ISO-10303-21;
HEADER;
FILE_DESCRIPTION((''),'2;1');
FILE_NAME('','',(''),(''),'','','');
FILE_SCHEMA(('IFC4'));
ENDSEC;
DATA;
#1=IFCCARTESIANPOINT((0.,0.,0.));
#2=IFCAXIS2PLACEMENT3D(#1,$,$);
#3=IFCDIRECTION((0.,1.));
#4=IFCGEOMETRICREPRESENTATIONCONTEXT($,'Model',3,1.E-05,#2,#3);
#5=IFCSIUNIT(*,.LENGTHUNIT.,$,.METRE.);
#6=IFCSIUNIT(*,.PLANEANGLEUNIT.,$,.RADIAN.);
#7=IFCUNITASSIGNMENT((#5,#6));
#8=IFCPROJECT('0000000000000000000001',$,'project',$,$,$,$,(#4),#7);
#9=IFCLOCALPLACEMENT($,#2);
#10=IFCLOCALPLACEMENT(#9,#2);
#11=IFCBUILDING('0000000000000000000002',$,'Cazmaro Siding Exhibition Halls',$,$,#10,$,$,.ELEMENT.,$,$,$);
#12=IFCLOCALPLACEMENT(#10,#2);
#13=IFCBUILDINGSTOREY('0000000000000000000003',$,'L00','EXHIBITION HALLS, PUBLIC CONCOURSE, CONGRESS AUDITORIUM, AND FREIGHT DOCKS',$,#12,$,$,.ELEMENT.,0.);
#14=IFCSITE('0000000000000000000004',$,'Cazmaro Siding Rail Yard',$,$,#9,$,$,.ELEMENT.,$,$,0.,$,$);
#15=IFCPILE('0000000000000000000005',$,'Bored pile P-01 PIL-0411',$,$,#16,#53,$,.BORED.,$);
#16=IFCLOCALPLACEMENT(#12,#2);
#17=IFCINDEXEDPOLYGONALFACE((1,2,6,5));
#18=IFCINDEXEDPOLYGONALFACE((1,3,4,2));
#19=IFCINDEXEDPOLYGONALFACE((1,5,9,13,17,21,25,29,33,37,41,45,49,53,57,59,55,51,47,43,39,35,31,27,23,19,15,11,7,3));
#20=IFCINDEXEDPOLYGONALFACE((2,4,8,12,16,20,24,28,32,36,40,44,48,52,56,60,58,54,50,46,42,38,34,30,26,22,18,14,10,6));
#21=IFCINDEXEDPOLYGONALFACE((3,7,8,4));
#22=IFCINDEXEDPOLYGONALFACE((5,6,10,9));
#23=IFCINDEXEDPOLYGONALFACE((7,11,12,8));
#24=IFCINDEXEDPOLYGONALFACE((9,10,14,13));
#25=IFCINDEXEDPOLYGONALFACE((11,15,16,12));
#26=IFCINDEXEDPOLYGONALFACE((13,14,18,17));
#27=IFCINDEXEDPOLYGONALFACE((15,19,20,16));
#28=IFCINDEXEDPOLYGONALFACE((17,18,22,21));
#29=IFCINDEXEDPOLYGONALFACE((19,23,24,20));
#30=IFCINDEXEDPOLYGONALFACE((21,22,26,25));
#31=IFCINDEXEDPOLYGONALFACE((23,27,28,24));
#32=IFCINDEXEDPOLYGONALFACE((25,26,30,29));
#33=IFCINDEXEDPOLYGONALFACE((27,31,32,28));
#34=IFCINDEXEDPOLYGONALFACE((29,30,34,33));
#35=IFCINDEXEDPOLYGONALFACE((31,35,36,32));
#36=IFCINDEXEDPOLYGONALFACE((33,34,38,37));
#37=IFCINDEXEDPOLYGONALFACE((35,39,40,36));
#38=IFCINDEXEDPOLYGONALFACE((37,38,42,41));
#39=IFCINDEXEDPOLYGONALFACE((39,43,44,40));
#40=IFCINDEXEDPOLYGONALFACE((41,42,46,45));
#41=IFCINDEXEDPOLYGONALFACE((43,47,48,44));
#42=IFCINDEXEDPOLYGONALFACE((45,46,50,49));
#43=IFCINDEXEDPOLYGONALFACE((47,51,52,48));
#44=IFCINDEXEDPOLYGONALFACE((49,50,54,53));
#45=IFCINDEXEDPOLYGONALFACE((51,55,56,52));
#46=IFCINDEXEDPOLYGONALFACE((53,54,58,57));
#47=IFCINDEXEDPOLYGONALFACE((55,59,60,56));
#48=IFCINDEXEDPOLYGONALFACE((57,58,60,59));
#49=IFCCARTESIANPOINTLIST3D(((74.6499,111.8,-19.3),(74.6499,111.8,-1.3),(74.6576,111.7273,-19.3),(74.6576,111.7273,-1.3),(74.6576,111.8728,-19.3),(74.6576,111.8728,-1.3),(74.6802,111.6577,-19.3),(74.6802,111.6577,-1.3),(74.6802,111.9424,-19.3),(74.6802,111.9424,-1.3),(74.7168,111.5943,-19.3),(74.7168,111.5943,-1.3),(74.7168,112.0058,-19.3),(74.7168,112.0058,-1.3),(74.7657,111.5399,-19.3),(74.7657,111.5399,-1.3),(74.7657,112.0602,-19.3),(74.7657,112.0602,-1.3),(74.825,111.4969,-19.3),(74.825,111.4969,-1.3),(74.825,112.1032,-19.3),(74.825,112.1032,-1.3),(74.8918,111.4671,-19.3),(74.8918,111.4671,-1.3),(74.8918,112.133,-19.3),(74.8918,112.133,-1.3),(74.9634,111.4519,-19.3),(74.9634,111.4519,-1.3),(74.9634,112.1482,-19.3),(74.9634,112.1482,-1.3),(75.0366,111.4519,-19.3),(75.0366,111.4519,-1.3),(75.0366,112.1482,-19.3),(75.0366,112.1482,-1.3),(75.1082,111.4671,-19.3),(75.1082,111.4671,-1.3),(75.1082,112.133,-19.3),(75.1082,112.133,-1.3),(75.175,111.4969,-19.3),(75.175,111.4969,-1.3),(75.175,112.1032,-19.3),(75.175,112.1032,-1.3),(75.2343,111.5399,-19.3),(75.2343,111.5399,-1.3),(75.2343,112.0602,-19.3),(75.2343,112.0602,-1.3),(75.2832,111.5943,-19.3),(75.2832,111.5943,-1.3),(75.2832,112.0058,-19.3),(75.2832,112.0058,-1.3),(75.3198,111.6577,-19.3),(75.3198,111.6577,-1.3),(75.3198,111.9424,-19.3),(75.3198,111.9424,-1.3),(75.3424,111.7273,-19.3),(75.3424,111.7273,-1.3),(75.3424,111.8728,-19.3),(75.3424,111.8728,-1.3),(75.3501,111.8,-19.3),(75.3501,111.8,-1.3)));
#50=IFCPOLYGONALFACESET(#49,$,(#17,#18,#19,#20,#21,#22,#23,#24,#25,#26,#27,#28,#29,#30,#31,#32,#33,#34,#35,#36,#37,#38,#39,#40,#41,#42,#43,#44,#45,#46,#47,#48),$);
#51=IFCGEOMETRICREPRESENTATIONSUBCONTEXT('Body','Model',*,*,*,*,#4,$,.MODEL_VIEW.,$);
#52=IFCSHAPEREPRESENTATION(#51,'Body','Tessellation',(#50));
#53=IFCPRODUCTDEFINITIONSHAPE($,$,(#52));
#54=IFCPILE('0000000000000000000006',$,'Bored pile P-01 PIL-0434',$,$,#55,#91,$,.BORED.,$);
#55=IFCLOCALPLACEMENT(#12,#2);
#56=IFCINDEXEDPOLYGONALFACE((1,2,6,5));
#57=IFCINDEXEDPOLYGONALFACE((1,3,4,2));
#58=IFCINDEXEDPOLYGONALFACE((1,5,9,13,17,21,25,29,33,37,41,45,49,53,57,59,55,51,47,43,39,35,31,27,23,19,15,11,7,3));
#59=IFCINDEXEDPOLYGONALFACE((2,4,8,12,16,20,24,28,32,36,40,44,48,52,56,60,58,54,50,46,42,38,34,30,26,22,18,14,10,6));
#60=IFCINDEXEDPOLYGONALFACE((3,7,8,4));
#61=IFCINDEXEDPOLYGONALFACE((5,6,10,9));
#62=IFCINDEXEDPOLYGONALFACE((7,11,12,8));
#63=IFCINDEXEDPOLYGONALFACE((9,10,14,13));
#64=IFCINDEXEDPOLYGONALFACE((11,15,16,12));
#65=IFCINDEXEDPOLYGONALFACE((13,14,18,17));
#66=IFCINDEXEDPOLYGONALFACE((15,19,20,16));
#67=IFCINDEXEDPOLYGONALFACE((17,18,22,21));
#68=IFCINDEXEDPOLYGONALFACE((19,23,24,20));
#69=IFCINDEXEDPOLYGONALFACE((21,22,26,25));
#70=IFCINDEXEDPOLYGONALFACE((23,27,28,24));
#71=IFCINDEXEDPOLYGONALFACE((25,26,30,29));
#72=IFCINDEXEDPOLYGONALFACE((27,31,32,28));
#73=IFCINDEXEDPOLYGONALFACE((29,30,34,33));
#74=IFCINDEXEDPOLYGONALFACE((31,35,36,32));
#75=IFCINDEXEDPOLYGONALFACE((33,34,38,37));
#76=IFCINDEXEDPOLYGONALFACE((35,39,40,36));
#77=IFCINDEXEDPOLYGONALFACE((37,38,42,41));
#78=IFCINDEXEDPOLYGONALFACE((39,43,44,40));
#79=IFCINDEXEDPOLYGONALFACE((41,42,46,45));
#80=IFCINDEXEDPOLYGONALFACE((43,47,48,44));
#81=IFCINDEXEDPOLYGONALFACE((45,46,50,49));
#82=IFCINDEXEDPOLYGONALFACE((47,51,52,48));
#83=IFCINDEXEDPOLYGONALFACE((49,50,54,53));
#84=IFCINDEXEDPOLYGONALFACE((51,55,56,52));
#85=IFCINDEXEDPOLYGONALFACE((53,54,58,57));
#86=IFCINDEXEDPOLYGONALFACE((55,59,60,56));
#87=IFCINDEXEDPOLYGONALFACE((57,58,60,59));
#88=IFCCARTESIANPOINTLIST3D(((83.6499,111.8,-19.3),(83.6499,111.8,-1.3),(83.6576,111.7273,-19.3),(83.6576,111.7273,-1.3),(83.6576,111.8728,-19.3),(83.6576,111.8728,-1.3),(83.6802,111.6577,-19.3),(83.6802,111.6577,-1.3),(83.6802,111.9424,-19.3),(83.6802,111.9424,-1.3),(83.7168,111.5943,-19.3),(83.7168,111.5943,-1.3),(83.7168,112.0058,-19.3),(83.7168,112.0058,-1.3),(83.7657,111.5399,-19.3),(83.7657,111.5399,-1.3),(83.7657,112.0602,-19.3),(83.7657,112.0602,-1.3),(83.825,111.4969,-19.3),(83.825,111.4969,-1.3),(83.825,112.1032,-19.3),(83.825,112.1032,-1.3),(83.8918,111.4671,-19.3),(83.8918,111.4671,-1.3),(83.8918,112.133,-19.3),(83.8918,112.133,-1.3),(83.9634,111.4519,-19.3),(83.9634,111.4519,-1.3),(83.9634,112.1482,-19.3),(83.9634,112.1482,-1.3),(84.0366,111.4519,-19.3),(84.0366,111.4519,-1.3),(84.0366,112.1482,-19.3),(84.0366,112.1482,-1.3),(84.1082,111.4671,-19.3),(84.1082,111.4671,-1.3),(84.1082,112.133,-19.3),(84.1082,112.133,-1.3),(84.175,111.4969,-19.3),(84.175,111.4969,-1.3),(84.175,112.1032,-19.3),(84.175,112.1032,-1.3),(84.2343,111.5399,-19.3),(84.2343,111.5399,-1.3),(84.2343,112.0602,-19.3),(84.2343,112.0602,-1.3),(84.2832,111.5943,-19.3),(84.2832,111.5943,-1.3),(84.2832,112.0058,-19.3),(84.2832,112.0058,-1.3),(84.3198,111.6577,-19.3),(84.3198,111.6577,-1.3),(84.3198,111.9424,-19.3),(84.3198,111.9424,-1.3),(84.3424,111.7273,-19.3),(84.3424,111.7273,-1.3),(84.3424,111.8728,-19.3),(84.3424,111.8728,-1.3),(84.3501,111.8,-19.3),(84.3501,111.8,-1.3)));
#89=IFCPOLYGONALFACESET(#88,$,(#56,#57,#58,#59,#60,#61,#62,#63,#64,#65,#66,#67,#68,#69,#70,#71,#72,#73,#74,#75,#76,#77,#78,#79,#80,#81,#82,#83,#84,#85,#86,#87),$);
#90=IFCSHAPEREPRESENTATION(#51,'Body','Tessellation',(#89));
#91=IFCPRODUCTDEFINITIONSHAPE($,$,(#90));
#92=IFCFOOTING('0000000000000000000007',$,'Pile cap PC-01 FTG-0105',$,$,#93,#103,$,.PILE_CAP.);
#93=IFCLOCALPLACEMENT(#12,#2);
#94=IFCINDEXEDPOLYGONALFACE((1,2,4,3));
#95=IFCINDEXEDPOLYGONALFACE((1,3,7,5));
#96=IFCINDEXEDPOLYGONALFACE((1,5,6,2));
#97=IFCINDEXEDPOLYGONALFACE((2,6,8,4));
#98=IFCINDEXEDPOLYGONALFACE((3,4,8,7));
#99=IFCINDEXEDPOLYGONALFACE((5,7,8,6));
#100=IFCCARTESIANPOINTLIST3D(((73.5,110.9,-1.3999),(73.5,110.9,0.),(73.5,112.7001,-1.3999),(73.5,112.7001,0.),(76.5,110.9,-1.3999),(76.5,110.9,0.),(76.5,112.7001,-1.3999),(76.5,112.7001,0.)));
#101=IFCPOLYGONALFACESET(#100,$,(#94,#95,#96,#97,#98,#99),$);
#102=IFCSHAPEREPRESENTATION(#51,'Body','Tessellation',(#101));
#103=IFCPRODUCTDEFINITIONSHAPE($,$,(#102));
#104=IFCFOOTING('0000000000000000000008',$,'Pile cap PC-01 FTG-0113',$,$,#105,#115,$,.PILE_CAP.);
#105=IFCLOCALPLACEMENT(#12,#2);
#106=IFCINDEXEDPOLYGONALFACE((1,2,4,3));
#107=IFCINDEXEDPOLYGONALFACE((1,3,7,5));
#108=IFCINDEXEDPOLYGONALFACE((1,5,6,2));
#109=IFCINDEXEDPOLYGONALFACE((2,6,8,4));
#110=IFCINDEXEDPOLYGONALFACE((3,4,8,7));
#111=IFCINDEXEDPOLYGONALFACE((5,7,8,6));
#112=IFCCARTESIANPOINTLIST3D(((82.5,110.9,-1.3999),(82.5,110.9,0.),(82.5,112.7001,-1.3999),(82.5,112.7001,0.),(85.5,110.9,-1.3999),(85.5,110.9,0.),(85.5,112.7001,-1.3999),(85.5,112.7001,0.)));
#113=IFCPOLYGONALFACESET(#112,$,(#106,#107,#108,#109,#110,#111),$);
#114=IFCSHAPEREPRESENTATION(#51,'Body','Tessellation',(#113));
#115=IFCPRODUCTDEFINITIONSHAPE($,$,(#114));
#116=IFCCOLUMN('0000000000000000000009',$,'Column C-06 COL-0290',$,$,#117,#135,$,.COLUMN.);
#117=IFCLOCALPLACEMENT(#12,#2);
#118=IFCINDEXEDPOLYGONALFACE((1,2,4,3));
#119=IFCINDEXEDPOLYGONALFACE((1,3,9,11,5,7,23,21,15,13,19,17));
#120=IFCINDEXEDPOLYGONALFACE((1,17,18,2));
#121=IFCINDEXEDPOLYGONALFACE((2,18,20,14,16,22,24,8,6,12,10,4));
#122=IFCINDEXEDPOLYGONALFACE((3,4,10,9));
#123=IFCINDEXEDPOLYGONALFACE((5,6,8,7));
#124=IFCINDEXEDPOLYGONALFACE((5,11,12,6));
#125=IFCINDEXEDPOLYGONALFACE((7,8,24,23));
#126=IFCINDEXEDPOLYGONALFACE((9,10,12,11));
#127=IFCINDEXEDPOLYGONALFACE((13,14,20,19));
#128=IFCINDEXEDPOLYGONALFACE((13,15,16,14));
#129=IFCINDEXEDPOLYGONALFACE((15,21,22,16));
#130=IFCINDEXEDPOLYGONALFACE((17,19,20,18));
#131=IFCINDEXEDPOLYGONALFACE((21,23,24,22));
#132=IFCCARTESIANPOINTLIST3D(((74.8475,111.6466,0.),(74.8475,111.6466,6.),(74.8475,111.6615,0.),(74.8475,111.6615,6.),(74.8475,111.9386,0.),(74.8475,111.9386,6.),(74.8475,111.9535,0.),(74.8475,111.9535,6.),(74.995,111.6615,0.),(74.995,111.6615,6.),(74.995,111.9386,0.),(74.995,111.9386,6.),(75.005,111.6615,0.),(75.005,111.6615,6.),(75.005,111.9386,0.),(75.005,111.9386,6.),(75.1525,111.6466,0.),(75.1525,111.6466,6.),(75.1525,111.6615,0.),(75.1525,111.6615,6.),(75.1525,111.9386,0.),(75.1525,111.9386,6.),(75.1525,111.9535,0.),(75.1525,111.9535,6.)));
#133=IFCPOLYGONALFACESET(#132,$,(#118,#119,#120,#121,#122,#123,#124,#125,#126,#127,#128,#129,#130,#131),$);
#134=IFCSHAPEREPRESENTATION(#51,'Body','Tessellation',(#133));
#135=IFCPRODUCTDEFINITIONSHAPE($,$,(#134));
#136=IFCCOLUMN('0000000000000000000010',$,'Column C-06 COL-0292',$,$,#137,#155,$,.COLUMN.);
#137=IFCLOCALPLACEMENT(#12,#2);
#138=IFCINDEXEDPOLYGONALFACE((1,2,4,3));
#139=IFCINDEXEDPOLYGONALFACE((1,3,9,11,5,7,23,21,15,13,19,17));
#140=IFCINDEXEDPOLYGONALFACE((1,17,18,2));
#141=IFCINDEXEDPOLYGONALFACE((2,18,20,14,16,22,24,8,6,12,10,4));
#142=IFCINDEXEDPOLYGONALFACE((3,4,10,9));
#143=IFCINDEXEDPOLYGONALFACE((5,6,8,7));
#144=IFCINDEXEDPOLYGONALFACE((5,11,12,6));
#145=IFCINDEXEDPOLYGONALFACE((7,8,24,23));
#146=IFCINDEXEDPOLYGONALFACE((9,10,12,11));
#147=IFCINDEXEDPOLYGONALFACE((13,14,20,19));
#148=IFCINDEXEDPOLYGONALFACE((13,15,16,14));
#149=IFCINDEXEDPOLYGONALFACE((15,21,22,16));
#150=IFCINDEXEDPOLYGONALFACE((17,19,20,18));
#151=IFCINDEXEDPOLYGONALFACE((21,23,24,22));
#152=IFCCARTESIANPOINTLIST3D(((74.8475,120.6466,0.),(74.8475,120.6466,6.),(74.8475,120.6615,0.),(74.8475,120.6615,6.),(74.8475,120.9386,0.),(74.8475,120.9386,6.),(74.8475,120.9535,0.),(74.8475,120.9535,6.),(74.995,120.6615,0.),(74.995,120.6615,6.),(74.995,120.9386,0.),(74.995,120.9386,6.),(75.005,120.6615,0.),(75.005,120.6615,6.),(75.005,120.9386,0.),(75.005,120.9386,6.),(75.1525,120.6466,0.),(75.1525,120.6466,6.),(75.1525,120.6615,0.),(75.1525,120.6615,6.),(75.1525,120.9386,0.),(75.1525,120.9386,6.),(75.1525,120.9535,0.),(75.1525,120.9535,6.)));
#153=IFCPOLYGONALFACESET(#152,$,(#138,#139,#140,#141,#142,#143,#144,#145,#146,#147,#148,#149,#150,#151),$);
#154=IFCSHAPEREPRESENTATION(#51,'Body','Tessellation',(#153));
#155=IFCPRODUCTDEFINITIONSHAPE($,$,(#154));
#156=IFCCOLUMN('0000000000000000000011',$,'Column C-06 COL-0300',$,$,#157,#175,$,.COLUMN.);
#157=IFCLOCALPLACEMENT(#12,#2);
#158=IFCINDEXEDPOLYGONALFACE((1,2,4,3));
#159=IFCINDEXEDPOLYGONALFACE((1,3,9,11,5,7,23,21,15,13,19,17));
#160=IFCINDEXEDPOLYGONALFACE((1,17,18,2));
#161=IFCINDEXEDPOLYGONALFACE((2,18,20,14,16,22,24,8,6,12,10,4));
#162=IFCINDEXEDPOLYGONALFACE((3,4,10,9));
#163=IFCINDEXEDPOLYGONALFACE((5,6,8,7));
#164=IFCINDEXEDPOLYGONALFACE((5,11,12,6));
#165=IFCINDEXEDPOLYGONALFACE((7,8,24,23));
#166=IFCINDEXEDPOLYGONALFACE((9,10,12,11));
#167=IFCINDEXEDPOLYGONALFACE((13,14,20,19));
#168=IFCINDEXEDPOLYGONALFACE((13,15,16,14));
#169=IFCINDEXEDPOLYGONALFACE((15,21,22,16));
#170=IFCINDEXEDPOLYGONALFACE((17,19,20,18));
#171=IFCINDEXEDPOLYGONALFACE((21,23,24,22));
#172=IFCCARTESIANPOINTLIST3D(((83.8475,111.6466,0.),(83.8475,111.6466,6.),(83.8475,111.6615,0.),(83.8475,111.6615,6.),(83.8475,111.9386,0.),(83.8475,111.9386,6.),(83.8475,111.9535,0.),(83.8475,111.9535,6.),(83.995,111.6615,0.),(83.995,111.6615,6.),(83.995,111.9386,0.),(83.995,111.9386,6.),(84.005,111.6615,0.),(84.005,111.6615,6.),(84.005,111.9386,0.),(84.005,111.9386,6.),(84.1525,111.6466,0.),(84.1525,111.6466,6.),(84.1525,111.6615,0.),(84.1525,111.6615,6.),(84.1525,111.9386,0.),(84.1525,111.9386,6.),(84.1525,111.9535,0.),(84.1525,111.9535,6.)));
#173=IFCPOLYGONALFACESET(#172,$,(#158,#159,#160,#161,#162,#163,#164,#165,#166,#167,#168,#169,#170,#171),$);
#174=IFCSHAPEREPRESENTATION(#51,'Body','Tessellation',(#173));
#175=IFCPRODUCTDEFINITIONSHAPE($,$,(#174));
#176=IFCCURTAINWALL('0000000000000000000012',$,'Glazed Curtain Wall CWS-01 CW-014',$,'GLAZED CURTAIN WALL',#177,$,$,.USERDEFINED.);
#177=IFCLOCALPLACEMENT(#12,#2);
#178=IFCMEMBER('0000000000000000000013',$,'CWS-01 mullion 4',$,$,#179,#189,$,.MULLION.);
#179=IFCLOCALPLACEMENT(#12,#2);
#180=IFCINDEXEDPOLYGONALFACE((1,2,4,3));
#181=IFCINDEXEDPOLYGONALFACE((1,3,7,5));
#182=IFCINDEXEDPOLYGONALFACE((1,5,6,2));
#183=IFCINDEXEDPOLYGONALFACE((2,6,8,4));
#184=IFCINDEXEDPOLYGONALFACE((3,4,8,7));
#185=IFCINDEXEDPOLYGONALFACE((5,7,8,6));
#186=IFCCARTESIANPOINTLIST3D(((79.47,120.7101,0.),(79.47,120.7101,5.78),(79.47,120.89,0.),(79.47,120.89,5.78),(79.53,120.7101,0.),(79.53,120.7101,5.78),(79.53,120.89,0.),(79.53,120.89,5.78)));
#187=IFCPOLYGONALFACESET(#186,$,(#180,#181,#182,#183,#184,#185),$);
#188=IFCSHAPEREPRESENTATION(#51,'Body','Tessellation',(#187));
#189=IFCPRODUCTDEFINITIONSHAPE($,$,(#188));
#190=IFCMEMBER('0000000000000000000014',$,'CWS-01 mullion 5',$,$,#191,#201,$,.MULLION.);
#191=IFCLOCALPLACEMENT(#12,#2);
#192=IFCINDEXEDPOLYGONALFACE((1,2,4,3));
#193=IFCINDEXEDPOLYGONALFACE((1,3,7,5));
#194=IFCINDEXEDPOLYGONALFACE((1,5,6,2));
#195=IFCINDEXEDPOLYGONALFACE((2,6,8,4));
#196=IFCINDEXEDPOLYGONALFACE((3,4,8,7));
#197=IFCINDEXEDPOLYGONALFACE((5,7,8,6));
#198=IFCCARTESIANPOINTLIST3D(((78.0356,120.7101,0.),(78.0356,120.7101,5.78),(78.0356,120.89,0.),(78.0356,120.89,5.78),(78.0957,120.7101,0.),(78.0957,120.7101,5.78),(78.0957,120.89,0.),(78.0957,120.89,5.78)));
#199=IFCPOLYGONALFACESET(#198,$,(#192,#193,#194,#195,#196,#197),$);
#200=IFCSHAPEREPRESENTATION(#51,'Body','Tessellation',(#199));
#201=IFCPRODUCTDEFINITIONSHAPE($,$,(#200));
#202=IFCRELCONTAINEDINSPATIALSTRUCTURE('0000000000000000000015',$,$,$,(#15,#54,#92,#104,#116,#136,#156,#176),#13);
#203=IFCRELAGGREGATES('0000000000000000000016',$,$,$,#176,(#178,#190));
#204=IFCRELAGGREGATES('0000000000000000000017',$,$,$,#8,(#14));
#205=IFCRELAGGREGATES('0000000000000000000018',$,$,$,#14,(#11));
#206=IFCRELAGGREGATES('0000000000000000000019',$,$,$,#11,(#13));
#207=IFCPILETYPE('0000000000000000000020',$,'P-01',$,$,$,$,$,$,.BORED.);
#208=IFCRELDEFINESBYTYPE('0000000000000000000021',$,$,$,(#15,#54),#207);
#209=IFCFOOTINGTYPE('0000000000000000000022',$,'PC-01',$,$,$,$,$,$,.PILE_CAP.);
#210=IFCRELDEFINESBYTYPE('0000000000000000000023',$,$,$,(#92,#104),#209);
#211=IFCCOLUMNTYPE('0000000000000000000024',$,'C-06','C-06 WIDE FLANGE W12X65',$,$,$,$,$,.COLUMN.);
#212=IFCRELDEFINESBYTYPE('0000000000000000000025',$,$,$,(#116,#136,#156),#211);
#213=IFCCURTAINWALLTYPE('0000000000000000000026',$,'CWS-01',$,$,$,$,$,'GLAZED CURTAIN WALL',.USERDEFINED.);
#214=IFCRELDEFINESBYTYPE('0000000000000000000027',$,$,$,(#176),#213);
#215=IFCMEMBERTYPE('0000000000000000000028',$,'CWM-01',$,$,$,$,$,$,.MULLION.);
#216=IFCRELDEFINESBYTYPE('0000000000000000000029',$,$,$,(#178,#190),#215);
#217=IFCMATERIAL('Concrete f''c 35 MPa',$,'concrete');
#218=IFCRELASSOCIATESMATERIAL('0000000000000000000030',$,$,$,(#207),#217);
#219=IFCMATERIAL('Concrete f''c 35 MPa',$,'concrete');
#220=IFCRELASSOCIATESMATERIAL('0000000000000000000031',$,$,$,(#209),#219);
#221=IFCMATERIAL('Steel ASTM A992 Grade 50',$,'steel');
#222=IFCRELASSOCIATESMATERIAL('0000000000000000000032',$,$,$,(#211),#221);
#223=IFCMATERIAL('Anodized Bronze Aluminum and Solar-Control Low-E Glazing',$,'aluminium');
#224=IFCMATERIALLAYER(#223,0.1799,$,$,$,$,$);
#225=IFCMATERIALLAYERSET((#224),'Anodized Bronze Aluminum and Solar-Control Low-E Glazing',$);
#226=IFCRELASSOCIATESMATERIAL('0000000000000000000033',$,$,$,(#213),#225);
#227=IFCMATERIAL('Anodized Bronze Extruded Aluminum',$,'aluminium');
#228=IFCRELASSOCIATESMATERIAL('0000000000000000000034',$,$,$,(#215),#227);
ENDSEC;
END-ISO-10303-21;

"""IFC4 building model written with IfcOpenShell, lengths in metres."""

from ifc_helpers import new_model, si_unit, direction, frame, origin, origin_2d, place, context, subcontext, project, spatial, rectangle, circle, i_section, extrude, material, layer, layer_set, material_profile, profile_set, type_object, element, aggregate, save


model = new_model("IFC4")

# Units and contexts
model_context = context("Model", 3, precision=1e-05, world=origin(), true_north=direction((0.0, 1.0)))
body_context = subcontext(model_context, "Body", "Model", "MODEL_VIEW")
ifc_project = project(units=[si_unit("LENGTHUNIT", "METRE"), si_unit("PLANEANGLEUNIT", "RADIAN")], contexts=[model_context])

# Site, building, storey
site_placement = place(None, origin())
site = spatial("IfcSite", under=ifc_project, at=site_placement, Name="Cazmaro Siding Rail Yard", CompositionType="ELEMENT", RefElevation=0.0)
building_placement = place(site_placement, origin())
building = spatial("IfcBuilding", under=site, at=building_placement, Name="Cazmaro Siding Exhibition Halls", CompositionType="ELEMENT")
storey_placement = place(building_placement, origin())
storey = spatial("IfcBuildingStorey", under=building, at=storey_placement, Name="L00", Description="EXHIBITION HALLS, PUBLIC CONCOURSE, CONGRESS AUDITORIUM, AND FREIGHT DOCKS", CompositionType="ELEMENT", Elevation=0.0)

# Piles
ifc_material_1 = material(Name="Concrete f'c 35 MPa", Category="concrete")
ifc_material_profile_1 = material_profile(ifc_material_1, circle(Radius=0.3501, at=origin_2d()), Name="CIDH-700")
ifc_profile_set_1 = profile_set([ifc_material_profile_1], Name="Concrete f'c 35 MPa")
pile_type = type_object("IfcPileType", Name="P-01", PredefinedType="BORED", material=ifc_profile_set_1)
for number, where, z_axis, x_axis, name in (
    (1, (75.0, 111.8, -1.3), (0.0, 0.0, -1.0), (1.0, 0.0, 0.0), "Bored pile P-01 PIL-0411"),
    (2, (84.0, 111.8, -1.3), (0.0, 0.0, -1.0), (1.0, 0.0, 0.0), "Bored pile P-01 PIL-0434"),
):
    element("IfcPile", number, at=place(storey_placement, frame(where, z_axis=z_axis, x_axis=x_axis)), inside=storey, type_object=pile_type, Name=name, PredefinedType="BORED", context=body_context, shape_type="SweptSolid", body=[
        extrude(circle(Radius=0.3501, at=origin_2d()), origin(), (0.0, 0.0, 1.0), 18.0),
    ])

# Footings
ifc_material_2 = material(Name="Concrete f'c 35 MPa", Category="concrete")
footing_type = type_object("IfcFootingType", Name="PC-01", PredefinedType="PILE_CAP", material=ifc_material_2)
for number, where, z_axis, x_axis, name in (
    (3, (75.0, 111.8, -1.3999), (0.0, 0.0, 1.0), (1.0, 0.0, 0.0), "Pile cap PC-01 FTG-0105"),
    (4, (84.0, 111.8, -1.3999), (0.0, 0.0, 1.0), (1.0, 0.0, 0.0), "Pile cap PC-01 FTG-0113"),
):
    element("IfcFooting", number, at=place(storey_placement, frame(where, z_axis=z_axis, x_axis=x_axis)), inside=storey, type_object=footing_type, Name=name, PredefinedType="PILE_CAP", context=body_context, shape_type="SweptSolid", body=[
        extrude(rectangle(XDim=3.0, YDim=1.8, at=origin_2d()), origin(), (0.0, 0.0, 1.0), 1.3999),
    ])

# Columns
ifc_material_3 = material(Name="Steel ASTM A992 Grade 50", Category="steel")
ifc_material_profile_2 = material_profile(ifc_material_3, i_section(OverallWidth=0.3049, OverallDepth=0.3069, WebThickness=0.01, FlangeThickness=0.0149, at=origin_2d()), Name="W12X65")
ifc_profile_set_2 = profile_set([ifc_material_profile_2], Name="Steel ASTM A992 Grade 50")
column_type = type_object("IfcColumnType", Name="C-06", Description="C-06 WIDE FLANGE W12X65", PredefinedType="COLUMN", material=ifc_profile_set_2)
for number, where, z_axis, x_axis, name in (
    (5, (75.0, 111.8, 0.0), (0.0, 0.0, 1.0), (1.0, 0.0, 0.0), "Column C-06 COL-0290"),
    (6, (75.0, 120.8, 0.0), (0.0, 0.0, 1.0), (1.0, 0.0, 0.0), "Column C-06 COL-0292"),
    (7, (84.0, 111.8, 0.0), (0.0, 0.0, 1.0), (1.0, 0.0, 0.0), "Column C-06 COL-0300"),
):
    element("IfcColumn", number, at=place(storey_placement, frame(where, z_axis=z_axis, x_axis=x_axis)), inside=storey, type_object=column_type, Name=name, PredefinedType="COLUMN", context=body_context, shape_type="SweptSolid", body=[
        extrude(i_section(OverallWidth=0.3049, OverallDepth=0.3069, WebThickness=0.01, FlangeThickness=0.0149, at=origin_2d()), origin(), (0.0, 0.0, 1.0), 6.0),
    ])

# Curtain wall, members
ifc_material_4 = material(Name="Anodized Bronze Aluminum and Solar-Control Low-E Glazing", Category="aluminium")
ifc_layer_1 = layer(ifc_material_4, 0.1799)
ifc_layer_set_1 = layer_set([ifc_layer_1], Name="Anodized Bronze Aluminum and Solar-Control Low-E Glazing")
curtain_wall_type = type_object("IfcCurtainWallType", Name="CWS-01", ElementType="GLAZED CURTAIN WALL", PredefinedType="USERDEFINED", material=ifc_layer_set_1)
curtain_wall_placement = place(storey_placement, origin())
curtain_wall = element("IfcCurtainWall", 8, at=curtain_wall_placement, inside=storey, type_object=curtain_wall_type, Name="Glazed Curtain Wall CWS-01 CW-014", ObjectType="GLAZED CURTAIN WALL", PredefinedType="USERDEFINED")
ifc_material_5 = material(Name="Anodized Bronze Extruded Aluminum", Category="aluminium")
ifc_material_profile_3 = material_profile(ifc_material_5, rectangle(XDim=0.1799, YDim=0.0601, at=origin_2d()), Name="CWM-01")
ifc_profile_set_3 = profile_set([ifc_material_profile_3], Name="Anodized Bronze Extruded Aluminum")
member_type_1 = type_object("IfcMemberType", Name="CWM-01", PredefinedType="MULLION", material=ifc_profile_set_3)
member_1_placement = place(storey_placement, frame((79.5, 120.8, 0.0), z_axis=(0.0, 0.0, 1.0), x_axis=(0.0, -1.0, 0.0)))
member_1 = element("IfcMember", 9, at=member_1_placement, type_object=member_type_1, Name="CWS-01 mullion 4", PredefinedType="MULLION", context=body_context, shape_type="SweptSolid", body=[
    extrude(rectangle(XDim=0.1799, YDim=0.0601, at=origin_2d()), origin(), (0.0, 0.0, 1.0), 5.78),
])
member_2_placement = place(storey_placement, frame((78.0657, 120.8, 0.0), z_axis=(0.0, 0.0, 1.0), x_axis=(0.0, -1.0, 0.0)))
member_2 = element("IfcMember", 10, at=member_2_placement, type_object=member_type_1, Name="CWS-01 mullion 5", PredefinedType="MULLION", context=body_context, shape_type="SweptSolid", body=[
    extrude(rectangle(XDim=0.1799, YDim=0.0601, at=origin_2d()), origin(), (0.0, 0.0, 1.0), 5.78),
])
aggregate(curtain_wall, [member_1, member_2])

save(model, "model.ifc")
